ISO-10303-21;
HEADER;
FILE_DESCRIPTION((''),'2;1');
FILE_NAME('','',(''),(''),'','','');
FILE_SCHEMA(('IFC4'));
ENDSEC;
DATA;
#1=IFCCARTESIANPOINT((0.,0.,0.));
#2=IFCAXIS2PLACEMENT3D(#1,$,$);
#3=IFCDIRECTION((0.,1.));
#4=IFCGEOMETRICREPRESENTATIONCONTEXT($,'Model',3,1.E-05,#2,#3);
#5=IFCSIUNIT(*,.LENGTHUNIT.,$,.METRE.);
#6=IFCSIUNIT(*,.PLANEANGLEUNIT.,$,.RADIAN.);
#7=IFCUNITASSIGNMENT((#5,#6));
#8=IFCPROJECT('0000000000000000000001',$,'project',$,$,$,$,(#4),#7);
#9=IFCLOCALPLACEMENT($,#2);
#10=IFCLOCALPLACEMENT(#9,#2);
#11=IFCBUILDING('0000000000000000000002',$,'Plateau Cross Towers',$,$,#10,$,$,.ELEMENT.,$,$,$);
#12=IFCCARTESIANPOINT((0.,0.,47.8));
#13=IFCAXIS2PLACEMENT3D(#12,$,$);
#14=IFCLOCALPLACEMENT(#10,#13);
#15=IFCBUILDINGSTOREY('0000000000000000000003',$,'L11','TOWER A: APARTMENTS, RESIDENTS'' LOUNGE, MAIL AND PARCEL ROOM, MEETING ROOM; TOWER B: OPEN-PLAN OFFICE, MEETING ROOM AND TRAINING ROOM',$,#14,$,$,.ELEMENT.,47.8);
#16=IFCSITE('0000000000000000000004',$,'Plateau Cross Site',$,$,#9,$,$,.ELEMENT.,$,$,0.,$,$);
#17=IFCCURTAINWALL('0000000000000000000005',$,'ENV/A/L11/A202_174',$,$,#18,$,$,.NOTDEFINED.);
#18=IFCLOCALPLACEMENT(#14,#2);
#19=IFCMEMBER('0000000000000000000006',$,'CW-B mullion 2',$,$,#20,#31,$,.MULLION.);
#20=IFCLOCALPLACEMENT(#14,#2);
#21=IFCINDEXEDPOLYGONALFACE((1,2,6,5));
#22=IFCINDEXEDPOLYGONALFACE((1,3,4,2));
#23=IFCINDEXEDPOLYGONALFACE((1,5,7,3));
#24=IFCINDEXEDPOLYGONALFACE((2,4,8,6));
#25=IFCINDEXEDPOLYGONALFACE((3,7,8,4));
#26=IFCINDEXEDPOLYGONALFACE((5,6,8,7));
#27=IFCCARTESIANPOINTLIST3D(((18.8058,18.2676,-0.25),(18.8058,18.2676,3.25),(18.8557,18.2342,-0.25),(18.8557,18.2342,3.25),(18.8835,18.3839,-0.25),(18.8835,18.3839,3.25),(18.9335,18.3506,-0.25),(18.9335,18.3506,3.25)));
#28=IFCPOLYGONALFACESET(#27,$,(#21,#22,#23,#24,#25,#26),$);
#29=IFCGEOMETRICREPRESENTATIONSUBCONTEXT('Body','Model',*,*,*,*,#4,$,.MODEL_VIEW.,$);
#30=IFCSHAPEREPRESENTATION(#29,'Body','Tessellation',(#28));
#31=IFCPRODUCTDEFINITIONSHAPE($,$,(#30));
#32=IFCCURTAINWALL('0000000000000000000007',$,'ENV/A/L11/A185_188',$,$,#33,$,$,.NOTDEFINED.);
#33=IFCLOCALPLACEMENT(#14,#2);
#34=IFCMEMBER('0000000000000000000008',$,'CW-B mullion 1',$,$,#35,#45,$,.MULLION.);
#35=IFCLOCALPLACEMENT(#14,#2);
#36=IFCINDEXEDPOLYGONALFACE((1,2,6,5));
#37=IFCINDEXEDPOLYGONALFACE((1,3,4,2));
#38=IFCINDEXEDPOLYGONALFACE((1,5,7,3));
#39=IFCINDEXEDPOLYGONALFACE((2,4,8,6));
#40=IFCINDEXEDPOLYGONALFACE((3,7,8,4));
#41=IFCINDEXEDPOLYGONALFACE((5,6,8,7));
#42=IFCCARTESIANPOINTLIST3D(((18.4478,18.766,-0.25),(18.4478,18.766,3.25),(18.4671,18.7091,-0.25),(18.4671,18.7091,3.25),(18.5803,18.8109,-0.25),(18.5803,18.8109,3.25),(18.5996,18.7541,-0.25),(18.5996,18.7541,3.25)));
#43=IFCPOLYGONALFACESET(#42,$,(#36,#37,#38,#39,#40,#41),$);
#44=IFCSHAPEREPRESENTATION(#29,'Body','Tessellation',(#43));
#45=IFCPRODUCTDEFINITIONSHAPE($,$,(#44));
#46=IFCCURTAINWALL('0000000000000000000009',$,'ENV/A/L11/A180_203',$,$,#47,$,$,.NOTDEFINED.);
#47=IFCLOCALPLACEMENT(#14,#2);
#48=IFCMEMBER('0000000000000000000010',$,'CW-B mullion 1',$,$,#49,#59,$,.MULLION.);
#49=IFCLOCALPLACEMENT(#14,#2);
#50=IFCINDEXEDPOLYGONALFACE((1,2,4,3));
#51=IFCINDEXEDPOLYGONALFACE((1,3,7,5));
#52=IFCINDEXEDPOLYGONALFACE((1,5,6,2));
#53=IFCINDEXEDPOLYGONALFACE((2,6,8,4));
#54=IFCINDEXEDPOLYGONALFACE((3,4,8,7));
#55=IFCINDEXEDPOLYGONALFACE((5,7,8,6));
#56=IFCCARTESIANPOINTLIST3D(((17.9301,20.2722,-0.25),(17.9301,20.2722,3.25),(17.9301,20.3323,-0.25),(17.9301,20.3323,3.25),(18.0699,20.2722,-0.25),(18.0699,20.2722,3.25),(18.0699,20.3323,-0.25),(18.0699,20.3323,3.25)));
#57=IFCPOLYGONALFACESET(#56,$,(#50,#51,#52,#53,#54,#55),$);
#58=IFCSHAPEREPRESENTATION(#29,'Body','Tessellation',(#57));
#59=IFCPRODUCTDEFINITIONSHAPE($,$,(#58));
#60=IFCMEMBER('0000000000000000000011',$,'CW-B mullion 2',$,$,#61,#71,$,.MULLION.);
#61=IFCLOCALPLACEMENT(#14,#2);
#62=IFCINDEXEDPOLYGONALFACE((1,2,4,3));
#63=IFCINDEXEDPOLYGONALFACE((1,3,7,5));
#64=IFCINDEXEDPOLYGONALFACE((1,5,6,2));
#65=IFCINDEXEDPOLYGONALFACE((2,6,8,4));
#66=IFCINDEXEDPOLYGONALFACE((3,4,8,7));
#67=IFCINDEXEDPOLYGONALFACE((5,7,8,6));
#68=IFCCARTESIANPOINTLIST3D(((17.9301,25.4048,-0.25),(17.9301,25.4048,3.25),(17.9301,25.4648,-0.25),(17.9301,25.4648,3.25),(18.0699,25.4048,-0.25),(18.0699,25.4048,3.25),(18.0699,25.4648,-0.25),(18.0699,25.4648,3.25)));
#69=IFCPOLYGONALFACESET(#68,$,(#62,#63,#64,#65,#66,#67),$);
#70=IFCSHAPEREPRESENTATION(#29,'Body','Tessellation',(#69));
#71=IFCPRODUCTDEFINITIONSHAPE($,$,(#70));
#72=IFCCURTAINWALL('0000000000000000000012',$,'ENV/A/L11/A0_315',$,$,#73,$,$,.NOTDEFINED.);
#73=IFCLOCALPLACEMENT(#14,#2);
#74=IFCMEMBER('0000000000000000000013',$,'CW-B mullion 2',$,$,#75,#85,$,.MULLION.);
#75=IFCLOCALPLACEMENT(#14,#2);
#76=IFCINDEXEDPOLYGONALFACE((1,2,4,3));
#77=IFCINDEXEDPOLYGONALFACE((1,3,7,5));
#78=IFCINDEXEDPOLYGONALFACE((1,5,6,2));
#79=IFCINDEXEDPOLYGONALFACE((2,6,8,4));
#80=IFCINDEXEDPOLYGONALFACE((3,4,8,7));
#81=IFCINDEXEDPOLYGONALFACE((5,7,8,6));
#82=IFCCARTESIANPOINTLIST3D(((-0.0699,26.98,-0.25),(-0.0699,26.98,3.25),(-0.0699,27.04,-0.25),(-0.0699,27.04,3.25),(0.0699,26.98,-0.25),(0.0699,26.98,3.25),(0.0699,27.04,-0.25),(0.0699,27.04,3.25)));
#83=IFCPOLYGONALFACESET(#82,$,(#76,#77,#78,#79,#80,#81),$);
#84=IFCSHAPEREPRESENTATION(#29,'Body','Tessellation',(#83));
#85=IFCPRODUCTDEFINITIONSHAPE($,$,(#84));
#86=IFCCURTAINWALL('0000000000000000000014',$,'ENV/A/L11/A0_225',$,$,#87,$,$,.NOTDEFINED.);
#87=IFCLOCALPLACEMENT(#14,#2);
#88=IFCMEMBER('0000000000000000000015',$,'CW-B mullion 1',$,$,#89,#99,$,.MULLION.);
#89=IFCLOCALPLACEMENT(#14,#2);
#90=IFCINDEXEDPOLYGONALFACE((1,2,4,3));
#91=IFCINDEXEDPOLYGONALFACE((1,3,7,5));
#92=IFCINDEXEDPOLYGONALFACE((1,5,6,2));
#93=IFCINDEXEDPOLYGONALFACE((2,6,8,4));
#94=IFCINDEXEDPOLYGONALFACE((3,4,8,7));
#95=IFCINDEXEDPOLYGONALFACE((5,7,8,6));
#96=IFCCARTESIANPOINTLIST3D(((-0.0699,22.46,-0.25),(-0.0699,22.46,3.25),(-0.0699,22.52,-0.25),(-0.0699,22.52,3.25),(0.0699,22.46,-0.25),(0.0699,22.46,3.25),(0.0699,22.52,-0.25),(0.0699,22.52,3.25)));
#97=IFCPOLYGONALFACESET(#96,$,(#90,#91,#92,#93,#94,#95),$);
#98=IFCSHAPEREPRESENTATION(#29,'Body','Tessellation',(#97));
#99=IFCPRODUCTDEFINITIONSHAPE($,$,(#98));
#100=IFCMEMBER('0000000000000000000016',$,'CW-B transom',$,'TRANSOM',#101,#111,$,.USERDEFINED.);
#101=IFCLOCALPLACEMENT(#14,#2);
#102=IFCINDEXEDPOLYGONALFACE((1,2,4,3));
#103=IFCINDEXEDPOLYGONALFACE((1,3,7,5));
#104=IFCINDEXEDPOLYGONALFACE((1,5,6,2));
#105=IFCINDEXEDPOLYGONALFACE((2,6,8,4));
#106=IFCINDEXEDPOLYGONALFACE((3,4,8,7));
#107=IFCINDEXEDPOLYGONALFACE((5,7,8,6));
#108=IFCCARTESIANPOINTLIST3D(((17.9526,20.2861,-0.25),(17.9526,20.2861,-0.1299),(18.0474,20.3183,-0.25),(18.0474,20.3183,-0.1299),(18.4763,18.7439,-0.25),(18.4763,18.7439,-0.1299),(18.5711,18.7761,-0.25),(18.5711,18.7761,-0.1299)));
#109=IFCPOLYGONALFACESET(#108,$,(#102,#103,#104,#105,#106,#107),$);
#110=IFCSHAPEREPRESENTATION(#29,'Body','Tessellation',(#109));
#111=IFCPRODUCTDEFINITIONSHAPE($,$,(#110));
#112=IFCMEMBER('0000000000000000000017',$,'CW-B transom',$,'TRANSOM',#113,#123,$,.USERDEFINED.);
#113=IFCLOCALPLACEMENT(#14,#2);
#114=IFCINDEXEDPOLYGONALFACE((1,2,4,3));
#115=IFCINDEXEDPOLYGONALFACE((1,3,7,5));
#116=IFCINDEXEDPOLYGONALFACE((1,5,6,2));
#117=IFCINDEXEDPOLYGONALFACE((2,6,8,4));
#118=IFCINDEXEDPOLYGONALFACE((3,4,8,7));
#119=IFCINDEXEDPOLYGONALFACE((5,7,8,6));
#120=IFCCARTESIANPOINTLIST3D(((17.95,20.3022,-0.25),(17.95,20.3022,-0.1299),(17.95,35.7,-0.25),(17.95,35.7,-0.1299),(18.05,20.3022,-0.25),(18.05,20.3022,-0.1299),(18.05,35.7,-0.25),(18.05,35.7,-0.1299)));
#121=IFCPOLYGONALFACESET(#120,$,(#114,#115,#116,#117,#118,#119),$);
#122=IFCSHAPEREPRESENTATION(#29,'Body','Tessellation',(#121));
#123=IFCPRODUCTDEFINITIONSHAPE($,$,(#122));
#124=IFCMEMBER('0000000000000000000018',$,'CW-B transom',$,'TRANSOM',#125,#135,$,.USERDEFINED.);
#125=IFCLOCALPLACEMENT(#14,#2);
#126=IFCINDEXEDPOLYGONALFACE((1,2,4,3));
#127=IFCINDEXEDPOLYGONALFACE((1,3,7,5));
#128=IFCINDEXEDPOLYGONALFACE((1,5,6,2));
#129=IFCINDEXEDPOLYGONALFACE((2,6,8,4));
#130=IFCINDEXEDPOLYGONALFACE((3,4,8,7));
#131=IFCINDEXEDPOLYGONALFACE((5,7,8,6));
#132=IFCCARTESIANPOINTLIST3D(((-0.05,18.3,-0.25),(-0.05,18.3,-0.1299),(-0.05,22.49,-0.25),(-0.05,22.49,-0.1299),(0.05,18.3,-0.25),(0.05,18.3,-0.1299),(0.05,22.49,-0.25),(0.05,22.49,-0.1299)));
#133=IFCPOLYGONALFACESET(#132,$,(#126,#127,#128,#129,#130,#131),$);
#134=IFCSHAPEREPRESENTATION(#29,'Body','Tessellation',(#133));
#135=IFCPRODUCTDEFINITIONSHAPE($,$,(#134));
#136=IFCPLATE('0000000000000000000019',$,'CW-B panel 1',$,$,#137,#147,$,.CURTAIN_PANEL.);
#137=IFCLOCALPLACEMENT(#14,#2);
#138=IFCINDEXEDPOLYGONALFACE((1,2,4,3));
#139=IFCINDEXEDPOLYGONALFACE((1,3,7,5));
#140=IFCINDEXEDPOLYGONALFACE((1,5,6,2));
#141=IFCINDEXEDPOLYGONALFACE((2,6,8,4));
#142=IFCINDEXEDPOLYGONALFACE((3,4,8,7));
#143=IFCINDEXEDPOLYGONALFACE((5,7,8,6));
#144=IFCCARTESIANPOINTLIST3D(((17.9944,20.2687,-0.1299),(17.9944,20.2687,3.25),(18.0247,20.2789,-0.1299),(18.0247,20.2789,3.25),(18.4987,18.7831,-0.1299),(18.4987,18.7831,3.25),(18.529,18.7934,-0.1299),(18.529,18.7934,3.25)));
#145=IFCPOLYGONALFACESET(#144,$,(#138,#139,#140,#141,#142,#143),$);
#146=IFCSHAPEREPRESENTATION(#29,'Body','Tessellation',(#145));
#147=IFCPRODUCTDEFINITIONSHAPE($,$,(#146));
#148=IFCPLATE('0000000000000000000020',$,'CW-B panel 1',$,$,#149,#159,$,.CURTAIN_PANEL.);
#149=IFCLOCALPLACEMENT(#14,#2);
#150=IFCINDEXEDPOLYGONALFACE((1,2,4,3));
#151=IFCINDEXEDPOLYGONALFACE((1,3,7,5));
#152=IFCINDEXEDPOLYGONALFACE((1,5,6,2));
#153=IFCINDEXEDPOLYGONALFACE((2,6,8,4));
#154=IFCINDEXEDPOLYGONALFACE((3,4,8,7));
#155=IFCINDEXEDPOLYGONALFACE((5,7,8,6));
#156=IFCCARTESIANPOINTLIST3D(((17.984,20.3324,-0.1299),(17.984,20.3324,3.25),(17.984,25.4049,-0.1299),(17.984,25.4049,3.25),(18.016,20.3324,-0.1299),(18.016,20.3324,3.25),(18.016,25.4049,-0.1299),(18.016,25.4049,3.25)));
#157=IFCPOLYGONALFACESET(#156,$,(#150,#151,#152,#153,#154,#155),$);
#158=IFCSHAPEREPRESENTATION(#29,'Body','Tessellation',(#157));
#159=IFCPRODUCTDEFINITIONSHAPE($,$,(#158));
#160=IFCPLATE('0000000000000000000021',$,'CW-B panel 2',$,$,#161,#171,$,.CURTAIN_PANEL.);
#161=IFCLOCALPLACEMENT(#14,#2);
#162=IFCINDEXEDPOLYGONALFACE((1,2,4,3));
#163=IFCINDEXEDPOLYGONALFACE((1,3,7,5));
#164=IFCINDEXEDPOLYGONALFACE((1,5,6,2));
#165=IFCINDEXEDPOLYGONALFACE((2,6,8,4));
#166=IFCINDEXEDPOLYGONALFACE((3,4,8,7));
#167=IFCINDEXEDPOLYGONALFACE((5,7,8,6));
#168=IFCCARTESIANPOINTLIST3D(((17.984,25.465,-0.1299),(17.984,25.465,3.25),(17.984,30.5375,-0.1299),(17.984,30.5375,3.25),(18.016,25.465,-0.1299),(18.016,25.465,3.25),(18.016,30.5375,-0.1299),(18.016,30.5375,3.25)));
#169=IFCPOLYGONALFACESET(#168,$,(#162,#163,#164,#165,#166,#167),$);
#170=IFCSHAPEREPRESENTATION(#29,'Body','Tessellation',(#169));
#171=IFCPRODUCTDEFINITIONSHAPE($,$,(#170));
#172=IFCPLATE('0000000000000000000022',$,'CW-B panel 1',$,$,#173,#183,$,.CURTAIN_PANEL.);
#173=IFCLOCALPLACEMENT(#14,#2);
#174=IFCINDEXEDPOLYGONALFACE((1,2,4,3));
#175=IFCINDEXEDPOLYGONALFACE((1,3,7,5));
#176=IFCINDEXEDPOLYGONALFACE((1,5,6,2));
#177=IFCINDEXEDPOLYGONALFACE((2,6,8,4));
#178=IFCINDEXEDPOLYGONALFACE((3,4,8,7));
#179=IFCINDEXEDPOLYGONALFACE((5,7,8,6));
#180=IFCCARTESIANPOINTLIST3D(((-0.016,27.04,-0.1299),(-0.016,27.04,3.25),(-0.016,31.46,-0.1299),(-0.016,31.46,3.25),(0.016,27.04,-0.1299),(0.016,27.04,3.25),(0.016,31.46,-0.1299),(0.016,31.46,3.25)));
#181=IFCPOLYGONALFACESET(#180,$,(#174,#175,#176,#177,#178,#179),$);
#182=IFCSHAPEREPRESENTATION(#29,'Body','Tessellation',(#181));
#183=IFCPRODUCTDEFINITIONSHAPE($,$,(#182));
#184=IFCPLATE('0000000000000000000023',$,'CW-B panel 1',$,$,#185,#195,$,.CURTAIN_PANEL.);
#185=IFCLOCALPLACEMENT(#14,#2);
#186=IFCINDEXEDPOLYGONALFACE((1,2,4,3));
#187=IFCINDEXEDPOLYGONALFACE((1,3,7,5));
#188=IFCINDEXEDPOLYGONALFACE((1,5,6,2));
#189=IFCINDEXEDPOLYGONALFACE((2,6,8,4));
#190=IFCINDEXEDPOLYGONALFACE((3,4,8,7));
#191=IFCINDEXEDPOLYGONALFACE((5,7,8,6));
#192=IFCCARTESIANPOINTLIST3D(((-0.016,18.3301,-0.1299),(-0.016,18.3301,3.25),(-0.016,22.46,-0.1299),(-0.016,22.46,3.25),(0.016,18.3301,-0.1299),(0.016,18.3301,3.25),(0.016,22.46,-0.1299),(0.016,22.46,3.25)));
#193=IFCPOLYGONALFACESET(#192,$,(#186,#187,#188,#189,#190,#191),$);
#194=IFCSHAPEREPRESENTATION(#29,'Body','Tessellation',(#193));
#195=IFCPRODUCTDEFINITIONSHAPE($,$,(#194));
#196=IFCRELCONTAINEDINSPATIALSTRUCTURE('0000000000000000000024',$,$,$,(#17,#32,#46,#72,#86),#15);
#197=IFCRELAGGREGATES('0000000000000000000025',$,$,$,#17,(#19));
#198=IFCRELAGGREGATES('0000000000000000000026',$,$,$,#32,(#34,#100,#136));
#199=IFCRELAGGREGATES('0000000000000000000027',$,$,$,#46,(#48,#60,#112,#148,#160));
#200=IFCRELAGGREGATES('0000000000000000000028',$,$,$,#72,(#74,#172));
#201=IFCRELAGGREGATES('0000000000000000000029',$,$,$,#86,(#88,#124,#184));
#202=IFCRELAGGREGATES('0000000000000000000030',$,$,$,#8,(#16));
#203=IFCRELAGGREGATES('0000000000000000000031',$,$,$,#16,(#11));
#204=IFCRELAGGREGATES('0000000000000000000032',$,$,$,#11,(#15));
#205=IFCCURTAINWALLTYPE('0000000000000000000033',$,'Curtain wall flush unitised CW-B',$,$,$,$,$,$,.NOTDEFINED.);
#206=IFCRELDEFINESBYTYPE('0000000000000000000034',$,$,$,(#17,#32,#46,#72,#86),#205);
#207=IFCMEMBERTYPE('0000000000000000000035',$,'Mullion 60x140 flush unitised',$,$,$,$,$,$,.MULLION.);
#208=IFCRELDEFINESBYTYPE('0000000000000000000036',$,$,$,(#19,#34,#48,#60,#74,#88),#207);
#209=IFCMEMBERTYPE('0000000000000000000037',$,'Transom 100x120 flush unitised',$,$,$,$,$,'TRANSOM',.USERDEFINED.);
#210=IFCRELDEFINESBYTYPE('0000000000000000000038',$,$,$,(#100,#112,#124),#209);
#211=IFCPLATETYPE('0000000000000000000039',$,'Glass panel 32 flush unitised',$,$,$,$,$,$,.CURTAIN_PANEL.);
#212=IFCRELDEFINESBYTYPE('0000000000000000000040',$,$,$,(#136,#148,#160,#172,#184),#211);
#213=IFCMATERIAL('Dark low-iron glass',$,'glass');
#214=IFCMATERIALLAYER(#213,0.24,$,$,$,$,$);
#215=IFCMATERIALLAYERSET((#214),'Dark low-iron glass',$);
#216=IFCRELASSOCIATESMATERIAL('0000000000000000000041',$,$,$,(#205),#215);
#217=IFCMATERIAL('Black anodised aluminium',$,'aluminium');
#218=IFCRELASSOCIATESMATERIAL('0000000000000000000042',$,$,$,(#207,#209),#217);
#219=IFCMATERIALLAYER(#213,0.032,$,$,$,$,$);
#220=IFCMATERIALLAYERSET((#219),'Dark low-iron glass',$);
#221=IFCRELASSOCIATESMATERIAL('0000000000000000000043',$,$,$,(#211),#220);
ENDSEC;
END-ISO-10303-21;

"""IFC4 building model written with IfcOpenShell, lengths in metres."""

from ifc_helpers import new_model, si_unit, direction, frame, origin, origin_2d, place, context, subcontext, project, spatial, rectangle, extrude, material, layer, layer_set, material_profile, profile_set, type_object, element, aggregate, save


model = new_model("IFC4")

# Units and contexts
model_context = context("Model", 3, precision=1e-05, world=origin(), true_north=direction((0.0, 1.0)))
body_context = subcontext(model_context, "Body", "Model", "MODEL_VIEW")
ifc_project = project(units=[si_unit("LENGTHUNIT", "METRE"), si_unit("PLANEANGLEUNIT", "RADIAN")], contexts=[model_context])

# Site, building, storey
site_placement = place(None, origin())
site = spatial("IfcSite", under=ifc_project, at=site_placement, Name="Plateau Cross Site", CompositionType="ELEMENT", RefElevation=0.0)
building_placement = place(site_placement, origin())
building = spatial("IfcBuilding", under=site, at=building_placement, Name="Plateau Cross Towers", CompositionType="ELEMENT")
storey_placement = place(building_placement, frame((0.0, 0.0, 47.8)))
storey = spatial("IfcBuildingStorey", under=building, at=storey_placement, Name="L11", Description="TOWER A: APARTMENTS, RESIDENTS' LOUNGE, MAIL AND PARCEL ROOM, MEETING ROOM; TOWER B: OPEN-PLAN OFFICE, MEETING ROOM AND TRAINING ROOM", CompositionType="ELEMENT", Elevation=47.8)

# Curtain walls, members
ifc_material_1 = material(Name="Dark low-iron glass", Category="glass")
ifc_layer_1 = layer(ifc_material_1, 0.24)
ifc_layer_set_1 = layer_set([ifc_layer_1], Name="Dark low-iron glass")
curtain_wall_type = type_object("IfcCurtainWallType", Name="Curtain wall flush unitised CW-B", PredefinedType="NOTDEFINED", material=ifc_layer_set_1)
curtain_wall_1_placement = place(storey_placement, origin())
curtain_wall_1 = element("IfcCurtainWall", 1, at=curtain_wall_1_placement, inside=storey, type_object=curtain_wall_type, Name="ENV/A/L11/A202_174", PredefinedType="NOTDEFINED")
ifc_material_2 = material(Name="Black anodised aluminium", Category="aluminium")
ifc_material_profile_1 = material_profile(ifc_material_2, rectangle(XDim=0.0601, YDim=0.1399, at=origin_2d()), Name="MULLION 60x140")
ifc_profile_set_1 = profile_set([ifc_material_profile_1], Name="Black anodised aluminium")
member_type_1 = type_object("IfcMemberType", Name="Mullion 60x140 flush unitised", PredefinedType="MULLION", material=ifc_profile_set_1)
member_1_placement = place(storey_placement, frame((18.8696, 18.3091, -0.25), z_axis=(0.0, 0.0, 1.0), x_axis=(-0.831521, 0.555493, 0.0)))
member_1 = element("IfcMember", 2, at=member_1_placement, type_object=member_type_1, Name="CW-B mullion 2", PredefinedType="MULLION", context=body_context, shape_type="SweptSolid", body=[
    extrude(rectangle(XDim=0.0601, YDim=0.1399, at=origin_2d()), origin(), (0.0, 0.0, 1.0), 3.5),
])
aggregate(curtain_wall_1, [member_1])
curtain_wall_2_placement = place(storey_placement, origin())
curtain_wall_2 = element("IfcCurtainWall", 3, at=curtain_wall_2_placement, inside=storey, type_object=curtain_wall_type, Name="ENV/A/L11/A185_188", PredefinedType="NOTDEFINED")
member_2_placement = place(storey_placement, frame((18.5237, 18.76, -0.25), z_axis=(0.0, 0.0, 1.0), x_axis=(-0.321469, 0.94692, 0.0)))
member_2 = element("IfcMember", 4, at=member_2_placement, type_object=member_type_1, Name="CW-B mullion 1", PredefinedType="MULLION", context=body_context, shape_type="SweptSolid", body=[
    extrude(rectangle(XDim=0.0601, YDim=0.1399, at=origin_2d()), origin(), (0.0, 0.0, 1.0), 3.5),
])

# Curtain wall, members
curtain_wall_3_placement = place(storey_placement, origin())
curtain_wall_3 = element("IfcCurtainWall", 5, at=curtain_wall_3_placement, inside=storey, type_object=curtain_wall_type, Name="ENV/A/L11/A180_203", PredefinedType="NOTDEFINED")
member_3_placement = place(storey_placement, frame((18.0, 20.3022, -0.25), z_axis=(0.0, 0.0, 1.0), x_axis=(0.0, 1.0, 0.0)))
member_3 = element("IfcMember", 6, at=member_3_placement, type_object=member_type_1, Name="CW-B mullion 1", PredefinedType="MULLION", context=body_context, shape_type="SweptSolid", body=[
    extrude(rectangle(XDim=0.0601, YDim=0.1399, at=origin_2d()), origin(), (0.0, 0.0, 1.0), 3.5),
])
member_4_placement = place(storey_placement, frame((18.0, 25.4348, -0.25), z_axis=(0.0, 0.0, 1.0), x_axis=(0.0, 1.0, 0.0)))
member_4 = element("IfcMember", 7, at=member_4_placement, type_object=member_type_1, Name="CW-B mullion 2", PredefinedType="MULLION", context=body_context, shape_type="SweptSolid", body=[
    extrude(rectangle(XDim=0.0601, YDim=0.1399, at=origin_2d()), origin(), (0.0, 0.0, 1.0), 3.5),
])

# Curtain walls, members
curtain_wall_4_placement = place(storey_placement, origin())
curtain_wall_4 = element("IfcCurtainWall", 8, at=curtain_wall_4_placement, inside=storey, type_object=curtain_wall_type, Name="ENV/A/L11/A0_315", PredefinedType="NOTDEFINED")
member_5_placement = place(storey_placement, frame((0.0, 27.01, -0.25), z_axis=(0.0, 0.0, 1.0), x_axis=(0.0, -1.0, 0.0)))
member_5 = element("IfcMember", 9, at=member_5_placement, type_object=member_type_1, Name="CW-B mullion 2", PredefinedType="MULLION", context=body_context, shape_type="SweptSolid", body=[
    extrude(rectangle(XDim=0.0601, YDim=0.1399, at=origin_2d()), origin(), (0.0, 0.0, 1.0), 3.5),
])
curtain_wall_5_placement = place(storey_placement, origin())
curtain_wall_5 = element("IfcCurtainWall", 10, at=curtain_wall_5_placement, inside=storey, type_object=curtain_wall_type, Name="ENV/A/L11/A0_225", PredefinedType="NOTDEFINED")
member_6_placement = place(storey_placement, frame((0.0, 22.49, -0.25), z_axis=(0.0, 0.0, 1.0), x_axis=(0.0, -1.0, 0.0)))
member_6 = element("IfcMember", 11, at=member_6_placement, type_object=member_type_1, Name="CW-B mullion 1", PredefinedType="MULLION", context=body_context, shape_type="SweptSolid", body=[
    extrude(rectangle(XDim=0.0601, YDim=0.1399, at=origin_2d()), origin(), (0.0, 0.0, 1.0), 3.5),
])

# Members
ifc_material_profile_2 = material_profile(ifc_material_2, rectangle(XDim=0.1001, YDim=0.1201, at=origin_2d()), Name="TRANSOM 100x120")
ifc_profile_set_2 = profile_set([ifc_material_profile_2], Name="Black anodised aluminium")
member_type_2 = type_object("IfcMemberType", Name="Transom 100x120 flush unitised", ElementType="TRANSOM", PredefinedType="USERDEFINED", material=ifc_profile_set_2)
member_7_placement = place(storey_placement, frame((18.5237, 18.76, -0.1899), z_axis=(-0.321529, 0.9469, 0.0), x_axis=(-0.9469, -0.321529, 0.0)))
member_7 = element("IfcMember", 12, at=member_7_placement, type_object=member_type_2, Name="CW-B transom", ObjectType="TRANSOM", PredefinedType="USERDEFINED", context=body_context, shape_type="SweptSolid", body=[
    extrude(rectangle(XDim=0.1001, YDim=0.1201, at=origin_2d()), origin(), (0.0, 0.0, 1.0), 1.6287),
])
member_8_placement = place(storey_placement, frame((18.0, 20.3022, -0.1899), z_axis=(0.0, 1.0, 0.0), x_axis=(-1.0, 0.0, 0.0)))
member_8 = element("IfcMember", 13, at=member_8_placement, type_object=member_type_2, Name="CW-B transom", ObjectType="TRANSOM", PredefinedType="USERDEFINED", context=body_context, shape_type="SweptSolid", body=[
    extrude(rectangle(XDim=0.1001, YDim=0.1201, at=origin_2d()), origin(), (0.0, 0.0, 1.0), 15.3977),
])
member_9_placement = place(storey_placement, frame((0.0, 22.49, -0.1899), z_axis=(0.0, -1.0, 0.0), x_axis=(1.0, 0.0, 0.0)))
member_9 = element("IfcMember", 14, at=member_9_placement, type_object=member_type_2, Name="CW-B transom", ObjectType="TRANSOM", PredefinedType="USERDEFINED", context=body_context, shape_type="SweptSolid", body=[
    extrude(rectangle(XDim=0.1001, YDim=0.1201, at=origin_2d()), origin(), (0.0, 0.0, 1.0), 4.1899),
])

# Plates
ifc_layer_2 = layer(ifc_material_1, 0.032)
ifc_layer_set_2 = layer_set([ifc_layer_2], Name="Dark low-iron glass")
plate_type = type_object("IfcPlateType", Name="Glass panel 32 flush unitised", PredefinedType="CURTAIN_PANEL", material=ifc_layer_set_2)
plate_1_placement = place(storey_placement, frame((18.2617, 19.531, -0.1299), z_axis=(0.0, 0.0, 1.0), x_axis=(-0.321469, 0.94692, 0.0)))
plate_1 = element("IfcPlate", 15, at=plate_1_placement, type_object=plate_type, Name="CW-B panel 1", PredefinedType="CURTAIN_PANEL", context=body_context, shape_type="SweptSolid", body=[
    extrude(rectangle(XDim=1.5688, YDim=0.032, at=origin_2d()), origin(), (0.0, 0.0, 1.0), 3.3799),
])
aggregate(curtain_wall_2, [member_2, member_7, plate_1])
plate_2_placement = place(storey_placement, frame((18.0, 22.8687, -0.1299), z_axis=(0.0, 0.0, 1.0), x_axis=(0.0, 1.0, 0.0)))
plate_2 = element("IfcPlate", 16, at=plate_2_placement, type_object=plate_type, Name="CW-B panel 1", PredefinedType="CURTAIN_PANEL", context=body_context, shape_type="SweptSolid", body=[
    extrude(rectangle(XDim=5.0725, YDim=0.032, at=origin_2d()), origin(), (0.0, 0.0, 1.0), 3.3799),
])
plate_3_placement = place(storey_placement, frame((18.0, 28.0012, -0.1299), z_axis=(0.0, 0.0, 1.0), x_axis=(0.0, 1.0, 0.0)))
plate_3 = element("IfcPlate", 17, at=plate_3_placement, type_object=plate_type, Name="CW-B panel 2", PredefinedType="CURTAIN_PANEL", context=body_context, shape_type="SweptSolid", body=[
    extrude(rectangle(XDim=5.0725, YDim=0.032, at=origin_2d()), origin(), (0.0, 0.0, 1.0), 3.3799),
])
aggregate(curtain_wall_3, [member_3, member_4, member_8, plate_2, plate_3])
plate_4_placement = place(storey_placement, frame((0.0, 29.25, -0.1299), z_axis=(0.0, 0.0, 1.0), x_axis=(0.0, -1.0, 0.0)))
plate_4 = element("IfcPlate", 18, at=plate_4_placement, type_object=plate_type, Name="CW-B panel 1", PredefinedType="CURTAIN_PANEL", context=body_context, shape_type="SweptSolid", body=[
    extrude(rectangle(XDim=4.4199, YDim=0.032, at=origin_2d()), origin(), (0.0, 0.0, 1.0), 3.3799),
])
aggregate(curtain_wall_4, [member_5, plate_4])
plate_5_placement = place(storey_placement, frame((0.0, 20.395, -0.1299), z_axis=(0.0, 0.0, 1.0), x_axis=(0.0, -1.0, 0.0)))
plate_5 = element("IfcPlate", 19, at=plate_5_placement, type_object=plate_type, Name="CW-B panel 1", PredefinedType="CURTAIN_PANEL", context=body_context, shape_type="SweptSolid", body=[
    extrude(rectangle(XDim=4.1299, YDim=0.032, at=origin_2d()), origin(), (0.0, 0.0, 1.0), 3.3799),
])
aggregate(curtain_wall_5, [member_6, member_9, plate_5])

save(model, "model.ifc")
